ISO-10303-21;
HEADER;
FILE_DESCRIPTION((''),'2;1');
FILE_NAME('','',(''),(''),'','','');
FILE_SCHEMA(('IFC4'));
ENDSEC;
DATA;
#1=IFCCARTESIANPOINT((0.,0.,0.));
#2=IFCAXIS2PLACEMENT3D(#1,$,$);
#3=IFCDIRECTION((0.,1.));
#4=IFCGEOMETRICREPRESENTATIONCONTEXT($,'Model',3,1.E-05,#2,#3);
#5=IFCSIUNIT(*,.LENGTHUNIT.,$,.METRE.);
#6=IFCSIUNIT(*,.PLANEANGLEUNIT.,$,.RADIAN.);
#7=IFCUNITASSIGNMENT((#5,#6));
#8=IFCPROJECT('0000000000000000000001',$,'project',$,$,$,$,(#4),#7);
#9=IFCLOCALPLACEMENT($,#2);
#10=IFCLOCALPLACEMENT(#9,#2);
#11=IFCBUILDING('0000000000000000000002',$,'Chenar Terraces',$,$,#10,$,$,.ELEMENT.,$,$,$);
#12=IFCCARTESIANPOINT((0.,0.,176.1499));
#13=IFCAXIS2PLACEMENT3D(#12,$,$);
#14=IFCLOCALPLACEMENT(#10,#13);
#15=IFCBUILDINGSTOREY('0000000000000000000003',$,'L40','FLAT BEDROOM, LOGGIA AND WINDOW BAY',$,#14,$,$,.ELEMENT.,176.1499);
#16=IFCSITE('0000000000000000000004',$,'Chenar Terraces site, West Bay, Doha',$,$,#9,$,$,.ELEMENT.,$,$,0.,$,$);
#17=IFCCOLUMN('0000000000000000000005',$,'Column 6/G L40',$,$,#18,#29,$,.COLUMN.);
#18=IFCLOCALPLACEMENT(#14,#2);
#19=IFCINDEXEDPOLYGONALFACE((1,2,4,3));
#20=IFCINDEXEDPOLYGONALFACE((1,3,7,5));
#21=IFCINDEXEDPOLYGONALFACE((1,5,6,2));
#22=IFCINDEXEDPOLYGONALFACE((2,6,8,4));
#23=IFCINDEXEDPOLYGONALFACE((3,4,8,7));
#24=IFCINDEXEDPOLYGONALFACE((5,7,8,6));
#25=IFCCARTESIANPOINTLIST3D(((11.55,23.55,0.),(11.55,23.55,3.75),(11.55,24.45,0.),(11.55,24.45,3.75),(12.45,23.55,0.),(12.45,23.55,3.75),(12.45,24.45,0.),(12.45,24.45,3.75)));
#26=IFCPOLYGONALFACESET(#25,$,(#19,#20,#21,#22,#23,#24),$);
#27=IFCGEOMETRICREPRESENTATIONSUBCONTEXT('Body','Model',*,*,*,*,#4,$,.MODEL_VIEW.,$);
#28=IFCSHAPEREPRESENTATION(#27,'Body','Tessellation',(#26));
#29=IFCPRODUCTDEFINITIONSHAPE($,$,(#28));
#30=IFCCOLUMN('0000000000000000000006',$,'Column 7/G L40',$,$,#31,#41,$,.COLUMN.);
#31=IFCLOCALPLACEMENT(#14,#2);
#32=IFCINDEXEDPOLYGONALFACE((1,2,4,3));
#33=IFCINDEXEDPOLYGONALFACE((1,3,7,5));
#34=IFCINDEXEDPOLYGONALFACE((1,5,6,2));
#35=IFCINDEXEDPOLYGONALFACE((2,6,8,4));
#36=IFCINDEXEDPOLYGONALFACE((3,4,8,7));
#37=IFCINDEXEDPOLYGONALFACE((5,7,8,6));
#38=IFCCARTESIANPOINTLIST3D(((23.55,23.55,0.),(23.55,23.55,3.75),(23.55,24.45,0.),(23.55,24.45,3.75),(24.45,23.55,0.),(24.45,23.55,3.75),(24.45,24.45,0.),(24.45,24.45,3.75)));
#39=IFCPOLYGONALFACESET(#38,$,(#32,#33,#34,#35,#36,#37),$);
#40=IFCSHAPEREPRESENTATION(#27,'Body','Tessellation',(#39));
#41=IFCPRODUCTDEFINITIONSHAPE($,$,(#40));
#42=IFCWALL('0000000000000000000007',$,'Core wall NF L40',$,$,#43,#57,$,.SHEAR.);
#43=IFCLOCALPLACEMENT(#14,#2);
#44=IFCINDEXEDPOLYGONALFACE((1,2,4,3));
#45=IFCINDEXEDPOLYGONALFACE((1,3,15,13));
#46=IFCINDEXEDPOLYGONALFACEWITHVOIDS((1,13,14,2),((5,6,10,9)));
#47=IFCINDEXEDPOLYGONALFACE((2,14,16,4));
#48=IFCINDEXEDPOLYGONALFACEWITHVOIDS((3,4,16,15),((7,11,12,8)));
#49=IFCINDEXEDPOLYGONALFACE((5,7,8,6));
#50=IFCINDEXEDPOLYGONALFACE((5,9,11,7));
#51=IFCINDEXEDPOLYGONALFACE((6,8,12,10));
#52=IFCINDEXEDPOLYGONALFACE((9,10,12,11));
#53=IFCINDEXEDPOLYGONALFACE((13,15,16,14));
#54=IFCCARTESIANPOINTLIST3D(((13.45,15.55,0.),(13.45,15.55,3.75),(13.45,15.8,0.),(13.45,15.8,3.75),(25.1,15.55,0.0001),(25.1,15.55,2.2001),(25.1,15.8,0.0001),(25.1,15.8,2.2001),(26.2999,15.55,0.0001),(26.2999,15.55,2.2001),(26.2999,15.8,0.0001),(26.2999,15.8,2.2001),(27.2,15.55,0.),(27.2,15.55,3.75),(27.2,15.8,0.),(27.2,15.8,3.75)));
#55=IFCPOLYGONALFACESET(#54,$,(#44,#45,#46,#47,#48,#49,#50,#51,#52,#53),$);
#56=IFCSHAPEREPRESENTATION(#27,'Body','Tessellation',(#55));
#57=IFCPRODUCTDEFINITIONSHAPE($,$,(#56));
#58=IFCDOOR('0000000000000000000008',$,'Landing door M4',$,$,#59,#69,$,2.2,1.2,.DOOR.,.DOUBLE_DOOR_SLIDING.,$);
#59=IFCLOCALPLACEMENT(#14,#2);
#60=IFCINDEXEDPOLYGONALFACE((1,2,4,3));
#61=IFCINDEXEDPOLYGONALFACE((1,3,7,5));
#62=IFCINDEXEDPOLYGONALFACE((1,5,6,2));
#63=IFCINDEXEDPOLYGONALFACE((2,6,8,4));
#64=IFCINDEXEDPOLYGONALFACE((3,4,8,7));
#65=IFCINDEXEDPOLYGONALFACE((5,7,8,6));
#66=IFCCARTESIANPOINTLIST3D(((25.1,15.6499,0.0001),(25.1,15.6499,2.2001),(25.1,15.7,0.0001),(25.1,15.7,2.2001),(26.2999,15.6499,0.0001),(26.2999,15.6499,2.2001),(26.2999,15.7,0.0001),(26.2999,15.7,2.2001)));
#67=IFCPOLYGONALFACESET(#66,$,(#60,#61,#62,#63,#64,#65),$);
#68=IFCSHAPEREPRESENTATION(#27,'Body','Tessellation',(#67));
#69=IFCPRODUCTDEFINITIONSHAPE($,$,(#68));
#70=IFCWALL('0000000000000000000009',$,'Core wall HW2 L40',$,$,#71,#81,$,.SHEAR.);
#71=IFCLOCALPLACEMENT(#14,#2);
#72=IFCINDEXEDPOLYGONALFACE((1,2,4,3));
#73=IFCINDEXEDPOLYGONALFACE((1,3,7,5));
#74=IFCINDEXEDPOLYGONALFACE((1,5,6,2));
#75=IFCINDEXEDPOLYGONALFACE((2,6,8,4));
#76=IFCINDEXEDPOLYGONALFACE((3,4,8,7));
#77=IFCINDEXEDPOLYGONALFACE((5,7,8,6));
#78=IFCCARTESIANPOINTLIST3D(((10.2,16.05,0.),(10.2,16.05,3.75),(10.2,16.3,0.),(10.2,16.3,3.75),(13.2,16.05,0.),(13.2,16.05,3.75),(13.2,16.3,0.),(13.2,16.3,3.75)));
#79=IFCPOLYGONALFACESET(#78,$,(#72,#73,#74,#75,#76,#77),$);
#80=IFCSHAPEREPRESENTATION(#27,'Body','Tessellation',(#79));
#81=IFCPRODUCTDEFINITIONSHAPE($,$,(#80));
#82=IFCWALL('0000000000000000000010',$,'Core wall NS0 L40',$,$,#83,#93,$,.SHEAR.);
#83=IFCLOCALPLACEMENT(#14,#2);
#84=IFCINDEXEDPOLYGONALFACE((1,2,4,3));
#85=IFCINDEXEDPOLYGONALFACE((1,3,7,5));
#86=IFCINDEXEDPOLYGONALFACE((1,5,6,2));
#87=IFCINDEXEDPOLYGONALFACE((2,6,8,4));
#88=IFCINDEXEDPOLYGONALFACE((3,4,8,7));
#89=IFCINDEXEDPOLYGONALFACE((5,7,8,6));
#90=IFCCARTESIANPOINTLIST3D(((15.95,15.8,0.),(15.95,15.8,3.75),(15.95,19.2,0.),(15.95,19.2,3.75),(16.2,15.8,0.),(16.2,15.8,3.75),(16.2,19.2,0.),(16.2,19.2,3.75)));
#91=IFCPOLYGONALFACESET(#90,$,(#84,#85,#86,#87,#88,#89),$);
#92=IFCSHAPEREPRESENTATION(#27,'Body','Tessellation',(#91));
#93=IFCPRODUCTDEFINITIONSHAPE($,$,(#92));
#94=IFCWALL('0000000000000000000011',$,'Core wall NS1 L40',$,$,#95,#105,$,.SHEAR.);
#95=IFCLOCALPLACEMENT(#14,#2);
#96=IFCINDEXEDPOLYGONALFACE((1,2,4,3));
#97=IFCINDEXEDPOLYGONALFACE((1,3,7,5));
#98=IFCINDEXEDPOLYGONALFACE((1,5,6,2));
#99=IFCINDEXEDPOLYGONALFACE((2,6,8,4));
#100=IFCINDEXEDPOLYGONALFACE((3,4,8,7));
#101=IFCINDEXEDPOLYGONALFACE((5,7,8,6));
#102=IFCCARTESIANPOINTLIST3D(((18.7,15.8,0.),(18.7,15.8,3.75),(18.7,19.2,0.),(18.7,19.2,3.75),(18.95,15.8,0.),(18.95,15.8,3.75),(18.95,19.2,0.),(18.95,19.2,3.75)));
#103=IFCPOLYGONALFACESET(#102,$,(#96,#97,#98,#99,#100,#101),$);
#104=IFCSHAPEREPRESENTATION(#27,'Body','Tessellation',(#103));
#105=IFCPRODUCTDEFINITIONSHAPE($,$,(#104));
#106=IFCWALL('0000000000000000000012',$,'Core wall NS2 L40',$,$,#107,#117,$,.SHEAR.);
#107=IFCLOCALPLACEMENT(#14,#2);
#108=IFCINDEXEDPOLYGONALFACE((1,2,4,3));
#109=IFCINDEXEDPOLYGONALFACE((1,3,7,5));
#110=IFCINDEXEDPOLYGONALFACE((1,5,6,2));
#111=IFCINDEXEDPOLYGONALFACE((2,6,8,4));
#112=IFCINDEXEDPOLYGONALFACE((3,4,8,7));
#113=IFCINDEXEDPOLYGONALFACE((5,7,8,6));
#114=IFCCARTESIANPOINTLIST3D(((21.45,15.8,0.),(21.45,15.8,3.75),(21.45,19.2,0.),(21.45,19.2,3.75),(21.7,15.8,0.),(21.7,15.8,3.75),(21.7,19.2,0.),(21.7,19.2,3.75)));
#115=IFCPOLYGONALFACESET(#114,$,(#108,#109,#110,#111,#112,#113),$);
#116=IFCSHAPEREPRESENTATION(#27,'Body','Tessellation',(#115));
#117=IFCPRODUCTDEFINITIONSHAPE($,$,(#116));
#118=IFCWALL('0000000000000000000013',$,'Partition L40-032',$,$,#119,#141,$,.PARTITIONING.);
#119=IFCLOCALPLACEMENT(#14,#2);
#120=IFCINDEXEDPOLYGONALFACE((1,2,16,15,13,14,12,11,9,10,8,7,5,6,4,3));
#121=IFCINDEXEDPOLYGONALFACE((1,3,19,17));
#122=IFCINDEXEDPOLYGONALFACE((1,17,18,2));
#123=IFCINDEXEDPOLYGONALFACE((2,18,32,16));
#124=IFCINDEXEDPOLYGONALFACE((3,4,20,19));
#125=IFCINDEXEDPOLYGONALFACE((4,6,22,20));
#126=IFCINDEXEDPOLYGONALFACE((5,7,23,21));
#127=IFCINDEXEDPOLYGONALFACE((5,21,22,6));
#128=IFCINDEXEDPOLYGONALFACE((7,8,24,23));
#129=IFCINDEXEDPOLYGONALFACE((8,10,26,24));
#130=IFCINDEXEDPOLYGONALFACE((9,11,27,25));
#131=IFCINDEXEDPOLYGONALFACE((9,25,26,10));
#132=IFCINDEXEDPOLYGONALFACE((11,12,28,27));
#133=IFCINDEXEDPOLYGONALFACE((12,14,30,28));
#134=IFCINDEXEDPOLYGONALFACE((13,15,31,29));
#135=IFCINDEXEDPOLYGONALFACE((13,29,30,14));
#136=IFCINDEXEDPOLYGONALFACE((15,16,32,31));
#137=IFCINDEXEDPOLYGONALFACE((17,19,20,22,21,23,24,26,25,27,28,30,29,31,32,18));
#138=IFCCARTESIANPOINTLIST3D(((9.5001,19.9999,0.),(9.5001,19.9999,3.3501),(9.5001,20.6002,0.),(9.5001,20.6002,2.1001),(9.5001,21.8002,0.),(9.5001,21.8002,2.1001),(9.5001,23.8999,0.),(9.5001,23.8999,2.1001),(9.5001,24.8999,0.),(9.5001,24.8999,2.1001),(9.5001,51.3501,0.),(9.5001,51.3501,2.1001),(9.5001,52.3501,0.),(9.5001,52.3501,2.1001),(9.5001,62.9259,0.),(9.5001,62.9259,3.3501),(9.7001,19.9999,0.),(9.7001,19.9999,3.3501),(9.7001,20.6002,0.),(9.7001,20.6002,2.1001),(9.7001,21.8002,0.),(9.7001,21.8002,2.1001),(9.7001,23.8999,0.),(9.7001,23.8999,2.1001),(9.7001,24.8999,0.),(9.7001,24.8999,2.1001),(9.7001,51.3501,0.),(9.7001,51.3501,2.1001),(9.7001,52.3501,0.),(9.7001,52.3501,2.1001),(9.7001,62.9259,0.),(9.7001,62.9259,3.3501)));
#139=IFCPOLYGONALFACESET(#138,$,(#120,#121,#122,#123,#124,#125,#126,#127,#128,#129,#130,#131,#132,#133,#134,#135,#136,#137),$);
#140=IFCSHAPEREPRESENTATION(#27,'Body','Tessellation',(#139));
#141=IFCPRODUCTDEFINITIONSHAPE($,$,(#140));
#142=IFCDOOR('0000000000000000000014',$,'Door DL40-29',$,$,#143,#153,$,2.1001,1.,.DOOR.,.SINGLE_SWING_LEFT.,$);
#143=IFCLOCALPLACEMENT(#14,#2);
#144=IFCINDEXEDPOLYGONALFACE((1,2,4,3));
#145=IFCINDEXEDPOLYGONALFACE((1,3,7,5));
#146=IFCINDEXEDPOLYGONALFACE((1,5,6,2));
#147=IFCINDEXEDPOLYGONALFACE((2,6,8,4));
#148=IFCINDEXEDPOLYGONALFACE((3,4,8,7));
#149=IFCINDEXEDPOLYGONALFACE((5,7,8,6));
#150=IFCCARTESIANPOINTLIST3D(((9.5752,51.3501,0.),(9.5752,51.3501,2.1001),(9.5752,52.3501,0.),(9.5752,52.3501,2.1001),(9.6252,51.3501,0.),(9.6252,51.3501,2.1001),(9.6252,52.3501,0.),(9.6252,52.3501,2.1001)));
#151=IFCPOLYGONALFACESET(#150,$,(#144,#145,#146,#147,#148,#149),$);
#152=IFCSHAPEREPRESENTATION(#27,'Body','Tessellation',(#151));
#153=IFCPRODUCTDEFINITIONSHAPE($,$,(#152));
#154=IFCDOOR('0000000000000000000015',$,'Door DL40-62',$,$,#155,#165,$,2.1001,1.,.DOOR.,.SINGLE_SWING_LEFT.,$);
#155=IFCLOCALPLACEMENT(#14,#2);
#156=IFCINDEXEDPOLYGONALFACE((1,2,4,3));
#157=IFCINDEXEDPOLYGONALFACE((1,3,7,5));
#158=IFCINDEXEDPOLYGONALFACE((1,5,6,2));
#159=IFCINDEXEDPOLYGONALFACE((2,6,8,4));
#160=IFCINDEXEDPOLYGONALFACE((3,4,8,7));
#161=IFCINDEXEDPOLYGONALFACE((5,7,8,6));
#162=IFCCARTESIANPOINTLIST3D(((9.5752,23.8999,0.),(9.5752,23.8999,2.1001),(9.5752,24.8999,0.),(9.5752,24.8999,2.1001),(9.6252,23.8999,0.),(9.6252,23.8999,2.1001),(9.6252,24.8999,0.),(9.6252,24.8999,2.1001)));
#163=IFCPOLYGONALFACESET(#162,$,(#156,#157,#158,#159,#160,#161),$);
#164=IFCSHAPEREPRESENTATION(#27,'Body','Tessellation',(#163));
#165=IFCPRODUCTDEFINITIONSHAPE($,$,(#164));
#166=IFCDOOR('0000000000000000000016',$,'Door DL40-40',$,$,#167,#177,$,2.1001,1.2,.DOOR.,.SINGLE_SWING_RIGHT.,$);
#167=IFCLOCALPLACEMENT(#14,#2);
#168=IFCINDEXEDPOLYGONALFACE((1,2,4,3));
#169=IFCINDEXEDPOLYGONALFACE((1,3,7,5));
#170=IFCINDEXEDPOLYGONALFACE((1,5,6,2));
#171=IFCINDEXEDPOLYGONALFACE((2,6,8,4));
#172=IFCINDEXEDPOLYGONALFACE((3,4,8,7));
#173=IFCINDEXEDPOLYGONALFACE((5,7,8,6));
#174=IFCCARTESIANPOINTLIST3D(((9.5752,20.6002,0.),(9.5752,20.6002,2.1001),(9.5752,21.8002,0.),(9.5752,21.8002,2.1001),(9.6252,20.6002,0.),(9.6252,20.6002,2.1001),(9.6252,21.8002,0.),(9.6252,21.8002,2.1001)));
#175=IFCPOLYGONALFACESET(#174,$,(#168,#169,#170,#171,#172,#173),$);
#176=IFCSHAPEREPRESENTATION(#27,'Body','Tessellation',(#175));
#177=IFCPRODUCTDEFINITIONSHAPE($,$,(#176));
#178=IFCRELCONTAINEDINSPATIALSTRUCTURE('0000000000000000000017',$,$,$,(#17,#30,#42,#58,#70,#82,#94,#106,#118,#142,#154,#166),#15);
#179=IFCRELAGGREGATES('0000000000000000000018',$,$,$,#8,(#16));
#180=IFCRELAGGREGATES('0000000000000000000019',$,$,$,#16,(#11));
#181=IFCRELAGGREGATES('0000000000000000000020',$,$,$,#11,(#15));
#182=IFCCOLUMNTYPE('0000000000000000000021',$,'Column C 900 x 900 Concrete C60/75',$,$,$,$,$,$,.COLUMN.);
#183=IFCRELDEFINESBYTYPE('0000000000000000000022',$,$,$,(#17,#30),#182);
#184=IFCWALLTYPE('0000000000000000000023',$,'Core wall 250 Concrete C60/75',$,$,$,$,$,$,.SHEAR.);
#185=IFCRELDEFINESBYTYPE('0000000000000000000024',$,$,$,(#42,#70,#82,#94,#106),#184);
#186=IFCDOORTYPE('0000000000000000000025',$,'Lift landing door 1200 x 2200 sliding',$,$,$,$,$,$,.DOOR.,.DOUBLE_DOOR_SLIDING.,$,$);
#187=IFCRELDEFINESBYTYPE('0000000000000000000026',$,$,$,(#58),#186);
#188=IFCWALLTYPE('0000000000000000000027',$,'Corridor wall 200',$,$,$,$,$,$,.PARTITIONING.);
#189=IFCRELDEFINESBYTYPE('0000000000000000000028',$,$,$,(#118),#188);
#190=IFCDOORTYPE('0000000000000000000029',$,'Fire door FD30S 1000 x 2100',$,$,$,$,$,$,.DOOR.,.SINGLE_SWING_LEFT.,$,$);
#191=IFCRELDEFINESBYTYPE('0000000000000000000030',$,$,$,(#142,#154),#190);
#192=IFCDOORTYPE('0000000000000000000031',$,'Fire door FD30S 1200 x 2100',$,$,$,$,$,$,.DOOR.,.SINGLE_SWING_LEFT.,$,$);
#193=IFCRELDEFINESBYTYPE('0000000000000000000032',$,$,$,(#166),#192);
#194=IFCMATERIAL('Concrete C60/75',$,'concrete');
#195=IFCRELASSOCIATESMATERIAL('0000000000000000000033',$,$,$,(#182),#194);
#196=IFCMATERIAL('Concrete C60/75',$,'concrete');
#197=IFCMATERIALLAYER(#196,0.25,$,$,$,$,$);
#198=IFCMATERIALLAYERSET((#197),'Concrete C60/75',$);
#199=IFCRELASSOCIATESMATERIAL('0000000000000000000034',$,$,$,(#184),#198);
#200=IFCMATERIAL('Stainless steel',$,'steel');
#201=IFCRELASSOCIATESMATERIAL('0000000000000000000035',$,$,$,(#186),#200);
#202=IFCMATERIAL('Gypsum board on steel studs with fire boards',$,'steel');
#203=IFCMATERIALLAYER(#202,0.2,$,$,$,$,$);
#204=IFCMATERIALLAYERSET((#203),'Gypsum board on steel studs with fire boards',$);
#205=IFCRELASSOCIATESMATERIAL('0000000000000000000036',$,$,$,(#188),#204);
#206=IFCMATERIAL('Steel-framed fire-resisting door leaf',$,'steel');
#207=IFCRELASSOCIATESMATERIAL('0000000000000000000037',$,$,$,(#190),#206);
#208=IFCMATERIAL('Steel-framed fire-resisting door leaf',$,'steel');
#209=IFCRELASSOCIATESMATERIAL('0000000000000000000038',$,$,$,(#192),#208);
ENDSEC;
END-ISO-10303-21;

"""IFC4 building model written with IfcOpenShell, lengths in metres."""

from ifc_helpers import new_model, si_unit, direction, frame, frame_2d, origin, origin_2d, place, context, subcontext, project, spatial, rectangle, extrude, material, layer, layer_set, material_profile, profile_set, type_object, element, fill, save


model = new_model("IFC4")

# Units and contexts
model_context = context("Model", 3, precision=1e-05, world=origin(), true_north=direction((0.0, 1.0)))
body_context = subcontext(model_context, "Body", "Model", "MODEL_VIEW")
ifc_project = project(units=[si_unit("LENGTHUNIT", "METRE"), si_unit("PLANEANGLEUNIT", "RADIAN")], contexts=[model_context])

# Site, building, storey
site_placement = place(None, origin())
site = spatial("IfcSite", under=ifc_project, at=site_placement, Name="Chenar Terraces site, West Bay, Doha", CompositionType="ELEMENT", RefElevation=0.0)
building_placement = place(site_placement, origin())
building = spatial("IfcBuilding", under=site, at=building_placement, Name="Chenar Terraces", CompositionType="ELEMENT")
storey_placement = place(building_placement, frame((0.0, 0.0, 176.1499)))
storey = spatial("IfcBuildingStorey", under=building, at=storey_placement, Name="L40", Description="FLAT BEDROOM, LOGGIA AND WINDOW BAY", CompositionType="ELEMENT", Elevation=176.1499)

# Columns
ifc_material_1 = material(Name="Concrete C60/75", Category="concrete")
ifc_material_profile = material_profile(ifc_material_1, rectangle(XDim=0.8999, YDim=0.8999, at=origin_2d()), Name="C 900 x 900")
ifc_profile_set = profile_set([ifc_material_profile], Name="Concrete C60/75")
column_type = type_object("IfcColumnType", Name="Column C 900 x 900 Concrete C60/75", PredefinedType="COLUMN", material=ifc_profile_set)
for number, where, z_axis, x_axis, name in (
    (1, (12.0, 24.0, 0.0), (0.0, 0.0, 1.0), (1.0, 0.0, 0.0), "Column 6/G L40"),
    (2, (24.0, 24.0, 0.0), (0.0, 0.0, 1.0), (1.0, 0.0, 0.0), "Column 7/G L40"),
):
    element("IfcColumn", number, at=place(storey_placement, frame(where, z_axis=z_axis, x_axis=x_axis)), inside=storey, type_object=column_type, Name=name, PredefinedType="COLUMN", context=body_context, shape_type="SweptSolid", body=[
        extrude(rectangle(XDim=0.8999, YDim=0.8999, at=origin_2d()), origin(), (0.0, 0.0, 1.0), 3.75),
    ])

# Wall, opening, door
ifc_material_2 = material(Name="Concrete C60/75", Category="concrete")
ifc_layer_1 = layer(ifc_material_2, 0.25)
ifc_layer_set_1 = layer_set([ifc_layer_1], Name="Concrete C60/75")
wall_type_1 = type_object("IfcWallType", Name="Core wall 250 Concrete C60/75", PredefinedType="SHEAR", material=ifc_layer_set_1)
wall_1_placement = place(storey_placement, frame((13.45, 15.675, 0.0), z_axis=(0.0, 0.0, 1.0), x_axis=(1.0, 0.0, 0.0)))
wall_1 = element("IfcWall", 3, at=wall_1_placement, inside=storey, type_object=wall_type_1, Name="Core wall NF L40", PredefinedType="SHEAR", context=body_context, shape_type="SweptSolid", body=[
    extrude(rectangle(XDim=13.75, YDim=0.25, at=frame_2d((6.875, 0.0))), origin(), (0.0, 0.0, 1.0), 3.75),
])
opening_1_placement = place(wall_1_placement, frame((11.6499, 0.0, 0.0)))
opening_1 = element("IfcOpeningElement", 4, at=opening_1_placement, cuts=wall_1, PredefinedType="OPENING", context=body_context, shape_type="SweptSolid", body=[
    extrude(rectangle(XDim=1.2, YDim=2.2, at=frame_2d((0.6001, 1.1001))), frame((0.0, 0.135, 0.0), z_axis=(0.0, -1.0, 0.0), x_axis=(1.0, 0.0, 0.0)), (0.0, 0.0, 1.0), 0.27),
])
ifc_material_3 = material(Name="Stainless steel", Category="steel")
door_type_1 = type_object("IfcDoorType", Name="Lift landing door 1200 x 2200 sliding", OperationType="DOUBLE_DOOR_SLIDING", PredefinedType="DOOR", material=ifc_material_3)
door_1_placement = place(opening_1_placement, origin())
door_1 = element("IfcDoor", 5, at=door_1_placement, inside=storey, type_object=door_type_1, Name="Landing door M4", OperationType="DOUBLE_DOOR_SLIDING", OverallHeight=2.2, OverallWidth=1.2, PredefinedType="DOOR", context=body_context, shape_type="SweptSolid", body=[
    extrude(rectangle(XDim=1.2, YDim=2.2, at=frame_2d((0.6001, 1.1001))), frame((0.0, 0.0249, 0.0), z_axis=(0.0, -1.0, 0.0), x_axis=(1.0, 0.0, 0.0)), (0.0, 0.0, 1.0), 0.05),
])
fill(opening_1, door_1)

# Walls
wall_2_placement = place(storey_placement, frame((10.2, 16.175, 0.0), z_axis=(0.0, 0.0, 1.0), x_axis=(1.0, 0.0, 0.0)))
element("IfcWall", 6, at=wall_2_placement, inside=storey, type_object=wall_type_1, Name="Core wall HW2 L40", PredefinedType="SHEAR", context=body_context, shape_type="SweptSolid", body=[
    extrude(rectangle(XDim=3.0, YDim=0.25, at=frame_2d((1.5, 0.0))), origin(), (0.0, 0.0, 1.0), 3.75),
])
for number, where, z_axis, x_axis, name in (
    (7, (16.075, 15.8, 0.0), (0.0, 0.0, 1.0), (0.0, 1.0, 0.0), "Core wall NS0 L40"),
    (8, (18.825, 15.8, 0.0), (0.0, 0.0, 1.0), (0.0, 1.0, 0.0), "Core wall NS1 L40"),
    (9, (21.575, 15.8, 0.0), (0.0, 0.0, 1.0), (0.0, 1.0, 0.0), "Core wall NS2 L40"),
):
    element("IfcWall", number, at=place(storey_placement, frame(where, z_axis=z_axis, x_axis=x_axis)), inside=storey, type_object=wall_type_1, Name=name, PredefinedType="SHEAR", context=body_context, shape_type="SweptSolid", body=[
        extrude(rectangle(XDim=3.3999, YDim=0.25, at=frame_2d((1.7, 0.0))), origin(), (0.0, 0.0, 1.0), 3.75),
    ])

# Wall, openings, doors
ifc_material_4 = material(Name="Gypsum board on steel studs with fire boards", Category="steel")
ifc_layer_2 = layer(ifc_material_4, 0.2)
ifc_layer_set_2 = layer_set([ifc_layer_2], Name="Gypsum board on steel studs with fire boards")
wall_type_2 = type_object("IfcWallType", Name="Corridor wall 200", PredefinedType="PARTITIONING", material=ifc_layer_set_2)
wall_3_placement = place(storey_placement, frame((9.6001, 20.0, 0.0), z_axis=(0.0, 0.0, 1.0), x_axis=(0.0, 1.0, 0.0)))
wall_3 = element("IfcWall", 10, at=wall_3_placement, inside=storey, type_object=wall_type_2, Name="Partition L40-032", PredefinedType="PARTITIONING", context=body_context, shape_type="SweptSolid", body=[
    extrude(rectangle(XDim=42.926, YDim=0.2, at=frame_2d((21.4629, 0.0))), origin(), (0.0, 0.0, 1.0), 3.3501),
])
opening_2_placement = place(wall_3_placement, frame((31.3501, 0.0, 0.0)))
opening_2 = element("IfcOpeningElement", 11, at=opening_2_placement, cuts=wall_3, PredefinedType="OPENING", context=body_context, shape_type="SweptSolid", body=[
    extrude(rectangle(XDim=1.0, YDim=2.1001, at=frame_2d((0.5, 1.05))), frame((0.0, 0.1099, 0.0), z_axis=(0.0, -1.0, 0.0), x_axis=(1.0, 0.0, 0.0)), (0.0, 0.0, 1.0), 0.22),
])
opening_3_placement = place(wall_3_placement, frame((0.6001, 0.0, 0.0)))
opening_3 = element("IfcOpeningElement", 12, at=opening_3_placement, cuts=wall_3, PredefinedType="OPENING", context=body_context, shape_type="SweptSolid", body=[
    extrude(rectangle(XDim=1.2, YDim=2.1001, at=frame_2d((0.6001, 1.05))), frame((0.0, 0.1099, 0.0), z_axis=(0.0, -1.0, 0.0), x_axis=(1.0, 0.0, 0.0)), (0.0, 0.0, 1.0), 0.22),
])
opening_4_placement = place(wall_3_placement, frame((3.8999, 0.0, 0.0)))
opening_4 = element("IfcOpeningElement", 13, at=opening_4_placement, cuts=wall_3, PredefinedType="OPENING", context=body_context, shape_type="SweptSolid", body=[
    extrude(rectangle(XDim=1.0, YDim=2.1001, at=frame_2d((0.5, 1.05))), frame((0.0, 0.1099, 0.0), z_axis=(0.0, -1.0, 0.0), x_axis=(1.0, 0.0, 0.0)), (0.0, 0.0, 1.0), 0.22),
])
ifc_material_5 = material(Name="Steel-framed fire-resisting door leaf", Category="steel")
door_type_2 = type_object("IfcDoorType", Name="Fire door FD30S 1000 x 2100", OperationType="SINGLE_SWING_LEFT", PredefinedType="DOOR", material=ifc_material_5)
door_2_placement = place(opening_2_placement, origin())
door_2 = element("IfcDoor", 14, at=door_2_placement, inside=storey, type_object=door_type_2, Name="Door DL40-29", OperationType="SINGLE_SWING_LEFT", OverallHeight=2.1001, OverallWidth=1.0, PredefinedType="DOOR", context=body_context, shape_type="SweptSolid", body=[
    extrude(rectangle(XDim=1.0, YDim=2.1001, at=frame_2d((0.5, 1.05))), frame((0.0, 0.0249, 0.0), z_axis=(0.0, -1.0, 0.0), x_axis=(1.0, 0.0, 0.0)), (0.0, 0.0, 1.0), 0.05),
])
fill(opening_2, door_2)
door_3_placement = place(opening_4_placement, origin())
door_3 = element("IfcDoor", 15, at=door_3_placement, inside=storey, type_object=door_type_2, Name="Door DL40-62", OperationType="SINGLE_SWING_LEFT", OverallHeight=2.1001, OverallWidth=1.0, PredefinedType="DOOR", context=body_context, shape_type="SweptSolid", body=[
    extrude(rectangle(XDim=1.0, YDim=2.1001, at=frame_2d((0.5, 1.05))), frame((0.0, 0.0249, 0.0), z_axis=(0.0, -1.0, 0.0), x_axis=(1.0, 0.0, 0.0)), (0.0, 0.0, 1.0), 0.05),
])
fill(opening_4, door_3)
ifc_material_6 = material(Name="Steel-framed fire-resisting door leaf", Category="steel")
door_type_3 = type_object("IfcDoorType", Name="Fire door FD30S 1200 x 2100", OperationType="SINGLE_SWING_LEFT", PredefinedType="DOOR", material=ifc_material_6)
door_4_placement = place(opening_3_placement, origin())
door_4 = element("IfcDoor", 16, at=door_4_placement, inside=storey, type_object=door_type_3, Name="Door DL40-40", OperationType="SINGLE_SWING_RIGHT", OverallHeight=2.1001, OverallWidth=1.2, PredefinedType="DOOR", context=body_context, shape_type="SweptSolid", body=[
    extrude(rectangle(XDim=1.2, YDim=2.1001, at=frame_2d((0.6001, 1.05))), frame((0.0, 0.0249, 0.0), z_axis=(0.0, -1.0, 0.0), x_axis=(1.0, 0.0, 0.0)), (0.0, 0.0, 1.0), 0.05),
])
fill(opening_3, door_4)

save(model, "model.ifc")
